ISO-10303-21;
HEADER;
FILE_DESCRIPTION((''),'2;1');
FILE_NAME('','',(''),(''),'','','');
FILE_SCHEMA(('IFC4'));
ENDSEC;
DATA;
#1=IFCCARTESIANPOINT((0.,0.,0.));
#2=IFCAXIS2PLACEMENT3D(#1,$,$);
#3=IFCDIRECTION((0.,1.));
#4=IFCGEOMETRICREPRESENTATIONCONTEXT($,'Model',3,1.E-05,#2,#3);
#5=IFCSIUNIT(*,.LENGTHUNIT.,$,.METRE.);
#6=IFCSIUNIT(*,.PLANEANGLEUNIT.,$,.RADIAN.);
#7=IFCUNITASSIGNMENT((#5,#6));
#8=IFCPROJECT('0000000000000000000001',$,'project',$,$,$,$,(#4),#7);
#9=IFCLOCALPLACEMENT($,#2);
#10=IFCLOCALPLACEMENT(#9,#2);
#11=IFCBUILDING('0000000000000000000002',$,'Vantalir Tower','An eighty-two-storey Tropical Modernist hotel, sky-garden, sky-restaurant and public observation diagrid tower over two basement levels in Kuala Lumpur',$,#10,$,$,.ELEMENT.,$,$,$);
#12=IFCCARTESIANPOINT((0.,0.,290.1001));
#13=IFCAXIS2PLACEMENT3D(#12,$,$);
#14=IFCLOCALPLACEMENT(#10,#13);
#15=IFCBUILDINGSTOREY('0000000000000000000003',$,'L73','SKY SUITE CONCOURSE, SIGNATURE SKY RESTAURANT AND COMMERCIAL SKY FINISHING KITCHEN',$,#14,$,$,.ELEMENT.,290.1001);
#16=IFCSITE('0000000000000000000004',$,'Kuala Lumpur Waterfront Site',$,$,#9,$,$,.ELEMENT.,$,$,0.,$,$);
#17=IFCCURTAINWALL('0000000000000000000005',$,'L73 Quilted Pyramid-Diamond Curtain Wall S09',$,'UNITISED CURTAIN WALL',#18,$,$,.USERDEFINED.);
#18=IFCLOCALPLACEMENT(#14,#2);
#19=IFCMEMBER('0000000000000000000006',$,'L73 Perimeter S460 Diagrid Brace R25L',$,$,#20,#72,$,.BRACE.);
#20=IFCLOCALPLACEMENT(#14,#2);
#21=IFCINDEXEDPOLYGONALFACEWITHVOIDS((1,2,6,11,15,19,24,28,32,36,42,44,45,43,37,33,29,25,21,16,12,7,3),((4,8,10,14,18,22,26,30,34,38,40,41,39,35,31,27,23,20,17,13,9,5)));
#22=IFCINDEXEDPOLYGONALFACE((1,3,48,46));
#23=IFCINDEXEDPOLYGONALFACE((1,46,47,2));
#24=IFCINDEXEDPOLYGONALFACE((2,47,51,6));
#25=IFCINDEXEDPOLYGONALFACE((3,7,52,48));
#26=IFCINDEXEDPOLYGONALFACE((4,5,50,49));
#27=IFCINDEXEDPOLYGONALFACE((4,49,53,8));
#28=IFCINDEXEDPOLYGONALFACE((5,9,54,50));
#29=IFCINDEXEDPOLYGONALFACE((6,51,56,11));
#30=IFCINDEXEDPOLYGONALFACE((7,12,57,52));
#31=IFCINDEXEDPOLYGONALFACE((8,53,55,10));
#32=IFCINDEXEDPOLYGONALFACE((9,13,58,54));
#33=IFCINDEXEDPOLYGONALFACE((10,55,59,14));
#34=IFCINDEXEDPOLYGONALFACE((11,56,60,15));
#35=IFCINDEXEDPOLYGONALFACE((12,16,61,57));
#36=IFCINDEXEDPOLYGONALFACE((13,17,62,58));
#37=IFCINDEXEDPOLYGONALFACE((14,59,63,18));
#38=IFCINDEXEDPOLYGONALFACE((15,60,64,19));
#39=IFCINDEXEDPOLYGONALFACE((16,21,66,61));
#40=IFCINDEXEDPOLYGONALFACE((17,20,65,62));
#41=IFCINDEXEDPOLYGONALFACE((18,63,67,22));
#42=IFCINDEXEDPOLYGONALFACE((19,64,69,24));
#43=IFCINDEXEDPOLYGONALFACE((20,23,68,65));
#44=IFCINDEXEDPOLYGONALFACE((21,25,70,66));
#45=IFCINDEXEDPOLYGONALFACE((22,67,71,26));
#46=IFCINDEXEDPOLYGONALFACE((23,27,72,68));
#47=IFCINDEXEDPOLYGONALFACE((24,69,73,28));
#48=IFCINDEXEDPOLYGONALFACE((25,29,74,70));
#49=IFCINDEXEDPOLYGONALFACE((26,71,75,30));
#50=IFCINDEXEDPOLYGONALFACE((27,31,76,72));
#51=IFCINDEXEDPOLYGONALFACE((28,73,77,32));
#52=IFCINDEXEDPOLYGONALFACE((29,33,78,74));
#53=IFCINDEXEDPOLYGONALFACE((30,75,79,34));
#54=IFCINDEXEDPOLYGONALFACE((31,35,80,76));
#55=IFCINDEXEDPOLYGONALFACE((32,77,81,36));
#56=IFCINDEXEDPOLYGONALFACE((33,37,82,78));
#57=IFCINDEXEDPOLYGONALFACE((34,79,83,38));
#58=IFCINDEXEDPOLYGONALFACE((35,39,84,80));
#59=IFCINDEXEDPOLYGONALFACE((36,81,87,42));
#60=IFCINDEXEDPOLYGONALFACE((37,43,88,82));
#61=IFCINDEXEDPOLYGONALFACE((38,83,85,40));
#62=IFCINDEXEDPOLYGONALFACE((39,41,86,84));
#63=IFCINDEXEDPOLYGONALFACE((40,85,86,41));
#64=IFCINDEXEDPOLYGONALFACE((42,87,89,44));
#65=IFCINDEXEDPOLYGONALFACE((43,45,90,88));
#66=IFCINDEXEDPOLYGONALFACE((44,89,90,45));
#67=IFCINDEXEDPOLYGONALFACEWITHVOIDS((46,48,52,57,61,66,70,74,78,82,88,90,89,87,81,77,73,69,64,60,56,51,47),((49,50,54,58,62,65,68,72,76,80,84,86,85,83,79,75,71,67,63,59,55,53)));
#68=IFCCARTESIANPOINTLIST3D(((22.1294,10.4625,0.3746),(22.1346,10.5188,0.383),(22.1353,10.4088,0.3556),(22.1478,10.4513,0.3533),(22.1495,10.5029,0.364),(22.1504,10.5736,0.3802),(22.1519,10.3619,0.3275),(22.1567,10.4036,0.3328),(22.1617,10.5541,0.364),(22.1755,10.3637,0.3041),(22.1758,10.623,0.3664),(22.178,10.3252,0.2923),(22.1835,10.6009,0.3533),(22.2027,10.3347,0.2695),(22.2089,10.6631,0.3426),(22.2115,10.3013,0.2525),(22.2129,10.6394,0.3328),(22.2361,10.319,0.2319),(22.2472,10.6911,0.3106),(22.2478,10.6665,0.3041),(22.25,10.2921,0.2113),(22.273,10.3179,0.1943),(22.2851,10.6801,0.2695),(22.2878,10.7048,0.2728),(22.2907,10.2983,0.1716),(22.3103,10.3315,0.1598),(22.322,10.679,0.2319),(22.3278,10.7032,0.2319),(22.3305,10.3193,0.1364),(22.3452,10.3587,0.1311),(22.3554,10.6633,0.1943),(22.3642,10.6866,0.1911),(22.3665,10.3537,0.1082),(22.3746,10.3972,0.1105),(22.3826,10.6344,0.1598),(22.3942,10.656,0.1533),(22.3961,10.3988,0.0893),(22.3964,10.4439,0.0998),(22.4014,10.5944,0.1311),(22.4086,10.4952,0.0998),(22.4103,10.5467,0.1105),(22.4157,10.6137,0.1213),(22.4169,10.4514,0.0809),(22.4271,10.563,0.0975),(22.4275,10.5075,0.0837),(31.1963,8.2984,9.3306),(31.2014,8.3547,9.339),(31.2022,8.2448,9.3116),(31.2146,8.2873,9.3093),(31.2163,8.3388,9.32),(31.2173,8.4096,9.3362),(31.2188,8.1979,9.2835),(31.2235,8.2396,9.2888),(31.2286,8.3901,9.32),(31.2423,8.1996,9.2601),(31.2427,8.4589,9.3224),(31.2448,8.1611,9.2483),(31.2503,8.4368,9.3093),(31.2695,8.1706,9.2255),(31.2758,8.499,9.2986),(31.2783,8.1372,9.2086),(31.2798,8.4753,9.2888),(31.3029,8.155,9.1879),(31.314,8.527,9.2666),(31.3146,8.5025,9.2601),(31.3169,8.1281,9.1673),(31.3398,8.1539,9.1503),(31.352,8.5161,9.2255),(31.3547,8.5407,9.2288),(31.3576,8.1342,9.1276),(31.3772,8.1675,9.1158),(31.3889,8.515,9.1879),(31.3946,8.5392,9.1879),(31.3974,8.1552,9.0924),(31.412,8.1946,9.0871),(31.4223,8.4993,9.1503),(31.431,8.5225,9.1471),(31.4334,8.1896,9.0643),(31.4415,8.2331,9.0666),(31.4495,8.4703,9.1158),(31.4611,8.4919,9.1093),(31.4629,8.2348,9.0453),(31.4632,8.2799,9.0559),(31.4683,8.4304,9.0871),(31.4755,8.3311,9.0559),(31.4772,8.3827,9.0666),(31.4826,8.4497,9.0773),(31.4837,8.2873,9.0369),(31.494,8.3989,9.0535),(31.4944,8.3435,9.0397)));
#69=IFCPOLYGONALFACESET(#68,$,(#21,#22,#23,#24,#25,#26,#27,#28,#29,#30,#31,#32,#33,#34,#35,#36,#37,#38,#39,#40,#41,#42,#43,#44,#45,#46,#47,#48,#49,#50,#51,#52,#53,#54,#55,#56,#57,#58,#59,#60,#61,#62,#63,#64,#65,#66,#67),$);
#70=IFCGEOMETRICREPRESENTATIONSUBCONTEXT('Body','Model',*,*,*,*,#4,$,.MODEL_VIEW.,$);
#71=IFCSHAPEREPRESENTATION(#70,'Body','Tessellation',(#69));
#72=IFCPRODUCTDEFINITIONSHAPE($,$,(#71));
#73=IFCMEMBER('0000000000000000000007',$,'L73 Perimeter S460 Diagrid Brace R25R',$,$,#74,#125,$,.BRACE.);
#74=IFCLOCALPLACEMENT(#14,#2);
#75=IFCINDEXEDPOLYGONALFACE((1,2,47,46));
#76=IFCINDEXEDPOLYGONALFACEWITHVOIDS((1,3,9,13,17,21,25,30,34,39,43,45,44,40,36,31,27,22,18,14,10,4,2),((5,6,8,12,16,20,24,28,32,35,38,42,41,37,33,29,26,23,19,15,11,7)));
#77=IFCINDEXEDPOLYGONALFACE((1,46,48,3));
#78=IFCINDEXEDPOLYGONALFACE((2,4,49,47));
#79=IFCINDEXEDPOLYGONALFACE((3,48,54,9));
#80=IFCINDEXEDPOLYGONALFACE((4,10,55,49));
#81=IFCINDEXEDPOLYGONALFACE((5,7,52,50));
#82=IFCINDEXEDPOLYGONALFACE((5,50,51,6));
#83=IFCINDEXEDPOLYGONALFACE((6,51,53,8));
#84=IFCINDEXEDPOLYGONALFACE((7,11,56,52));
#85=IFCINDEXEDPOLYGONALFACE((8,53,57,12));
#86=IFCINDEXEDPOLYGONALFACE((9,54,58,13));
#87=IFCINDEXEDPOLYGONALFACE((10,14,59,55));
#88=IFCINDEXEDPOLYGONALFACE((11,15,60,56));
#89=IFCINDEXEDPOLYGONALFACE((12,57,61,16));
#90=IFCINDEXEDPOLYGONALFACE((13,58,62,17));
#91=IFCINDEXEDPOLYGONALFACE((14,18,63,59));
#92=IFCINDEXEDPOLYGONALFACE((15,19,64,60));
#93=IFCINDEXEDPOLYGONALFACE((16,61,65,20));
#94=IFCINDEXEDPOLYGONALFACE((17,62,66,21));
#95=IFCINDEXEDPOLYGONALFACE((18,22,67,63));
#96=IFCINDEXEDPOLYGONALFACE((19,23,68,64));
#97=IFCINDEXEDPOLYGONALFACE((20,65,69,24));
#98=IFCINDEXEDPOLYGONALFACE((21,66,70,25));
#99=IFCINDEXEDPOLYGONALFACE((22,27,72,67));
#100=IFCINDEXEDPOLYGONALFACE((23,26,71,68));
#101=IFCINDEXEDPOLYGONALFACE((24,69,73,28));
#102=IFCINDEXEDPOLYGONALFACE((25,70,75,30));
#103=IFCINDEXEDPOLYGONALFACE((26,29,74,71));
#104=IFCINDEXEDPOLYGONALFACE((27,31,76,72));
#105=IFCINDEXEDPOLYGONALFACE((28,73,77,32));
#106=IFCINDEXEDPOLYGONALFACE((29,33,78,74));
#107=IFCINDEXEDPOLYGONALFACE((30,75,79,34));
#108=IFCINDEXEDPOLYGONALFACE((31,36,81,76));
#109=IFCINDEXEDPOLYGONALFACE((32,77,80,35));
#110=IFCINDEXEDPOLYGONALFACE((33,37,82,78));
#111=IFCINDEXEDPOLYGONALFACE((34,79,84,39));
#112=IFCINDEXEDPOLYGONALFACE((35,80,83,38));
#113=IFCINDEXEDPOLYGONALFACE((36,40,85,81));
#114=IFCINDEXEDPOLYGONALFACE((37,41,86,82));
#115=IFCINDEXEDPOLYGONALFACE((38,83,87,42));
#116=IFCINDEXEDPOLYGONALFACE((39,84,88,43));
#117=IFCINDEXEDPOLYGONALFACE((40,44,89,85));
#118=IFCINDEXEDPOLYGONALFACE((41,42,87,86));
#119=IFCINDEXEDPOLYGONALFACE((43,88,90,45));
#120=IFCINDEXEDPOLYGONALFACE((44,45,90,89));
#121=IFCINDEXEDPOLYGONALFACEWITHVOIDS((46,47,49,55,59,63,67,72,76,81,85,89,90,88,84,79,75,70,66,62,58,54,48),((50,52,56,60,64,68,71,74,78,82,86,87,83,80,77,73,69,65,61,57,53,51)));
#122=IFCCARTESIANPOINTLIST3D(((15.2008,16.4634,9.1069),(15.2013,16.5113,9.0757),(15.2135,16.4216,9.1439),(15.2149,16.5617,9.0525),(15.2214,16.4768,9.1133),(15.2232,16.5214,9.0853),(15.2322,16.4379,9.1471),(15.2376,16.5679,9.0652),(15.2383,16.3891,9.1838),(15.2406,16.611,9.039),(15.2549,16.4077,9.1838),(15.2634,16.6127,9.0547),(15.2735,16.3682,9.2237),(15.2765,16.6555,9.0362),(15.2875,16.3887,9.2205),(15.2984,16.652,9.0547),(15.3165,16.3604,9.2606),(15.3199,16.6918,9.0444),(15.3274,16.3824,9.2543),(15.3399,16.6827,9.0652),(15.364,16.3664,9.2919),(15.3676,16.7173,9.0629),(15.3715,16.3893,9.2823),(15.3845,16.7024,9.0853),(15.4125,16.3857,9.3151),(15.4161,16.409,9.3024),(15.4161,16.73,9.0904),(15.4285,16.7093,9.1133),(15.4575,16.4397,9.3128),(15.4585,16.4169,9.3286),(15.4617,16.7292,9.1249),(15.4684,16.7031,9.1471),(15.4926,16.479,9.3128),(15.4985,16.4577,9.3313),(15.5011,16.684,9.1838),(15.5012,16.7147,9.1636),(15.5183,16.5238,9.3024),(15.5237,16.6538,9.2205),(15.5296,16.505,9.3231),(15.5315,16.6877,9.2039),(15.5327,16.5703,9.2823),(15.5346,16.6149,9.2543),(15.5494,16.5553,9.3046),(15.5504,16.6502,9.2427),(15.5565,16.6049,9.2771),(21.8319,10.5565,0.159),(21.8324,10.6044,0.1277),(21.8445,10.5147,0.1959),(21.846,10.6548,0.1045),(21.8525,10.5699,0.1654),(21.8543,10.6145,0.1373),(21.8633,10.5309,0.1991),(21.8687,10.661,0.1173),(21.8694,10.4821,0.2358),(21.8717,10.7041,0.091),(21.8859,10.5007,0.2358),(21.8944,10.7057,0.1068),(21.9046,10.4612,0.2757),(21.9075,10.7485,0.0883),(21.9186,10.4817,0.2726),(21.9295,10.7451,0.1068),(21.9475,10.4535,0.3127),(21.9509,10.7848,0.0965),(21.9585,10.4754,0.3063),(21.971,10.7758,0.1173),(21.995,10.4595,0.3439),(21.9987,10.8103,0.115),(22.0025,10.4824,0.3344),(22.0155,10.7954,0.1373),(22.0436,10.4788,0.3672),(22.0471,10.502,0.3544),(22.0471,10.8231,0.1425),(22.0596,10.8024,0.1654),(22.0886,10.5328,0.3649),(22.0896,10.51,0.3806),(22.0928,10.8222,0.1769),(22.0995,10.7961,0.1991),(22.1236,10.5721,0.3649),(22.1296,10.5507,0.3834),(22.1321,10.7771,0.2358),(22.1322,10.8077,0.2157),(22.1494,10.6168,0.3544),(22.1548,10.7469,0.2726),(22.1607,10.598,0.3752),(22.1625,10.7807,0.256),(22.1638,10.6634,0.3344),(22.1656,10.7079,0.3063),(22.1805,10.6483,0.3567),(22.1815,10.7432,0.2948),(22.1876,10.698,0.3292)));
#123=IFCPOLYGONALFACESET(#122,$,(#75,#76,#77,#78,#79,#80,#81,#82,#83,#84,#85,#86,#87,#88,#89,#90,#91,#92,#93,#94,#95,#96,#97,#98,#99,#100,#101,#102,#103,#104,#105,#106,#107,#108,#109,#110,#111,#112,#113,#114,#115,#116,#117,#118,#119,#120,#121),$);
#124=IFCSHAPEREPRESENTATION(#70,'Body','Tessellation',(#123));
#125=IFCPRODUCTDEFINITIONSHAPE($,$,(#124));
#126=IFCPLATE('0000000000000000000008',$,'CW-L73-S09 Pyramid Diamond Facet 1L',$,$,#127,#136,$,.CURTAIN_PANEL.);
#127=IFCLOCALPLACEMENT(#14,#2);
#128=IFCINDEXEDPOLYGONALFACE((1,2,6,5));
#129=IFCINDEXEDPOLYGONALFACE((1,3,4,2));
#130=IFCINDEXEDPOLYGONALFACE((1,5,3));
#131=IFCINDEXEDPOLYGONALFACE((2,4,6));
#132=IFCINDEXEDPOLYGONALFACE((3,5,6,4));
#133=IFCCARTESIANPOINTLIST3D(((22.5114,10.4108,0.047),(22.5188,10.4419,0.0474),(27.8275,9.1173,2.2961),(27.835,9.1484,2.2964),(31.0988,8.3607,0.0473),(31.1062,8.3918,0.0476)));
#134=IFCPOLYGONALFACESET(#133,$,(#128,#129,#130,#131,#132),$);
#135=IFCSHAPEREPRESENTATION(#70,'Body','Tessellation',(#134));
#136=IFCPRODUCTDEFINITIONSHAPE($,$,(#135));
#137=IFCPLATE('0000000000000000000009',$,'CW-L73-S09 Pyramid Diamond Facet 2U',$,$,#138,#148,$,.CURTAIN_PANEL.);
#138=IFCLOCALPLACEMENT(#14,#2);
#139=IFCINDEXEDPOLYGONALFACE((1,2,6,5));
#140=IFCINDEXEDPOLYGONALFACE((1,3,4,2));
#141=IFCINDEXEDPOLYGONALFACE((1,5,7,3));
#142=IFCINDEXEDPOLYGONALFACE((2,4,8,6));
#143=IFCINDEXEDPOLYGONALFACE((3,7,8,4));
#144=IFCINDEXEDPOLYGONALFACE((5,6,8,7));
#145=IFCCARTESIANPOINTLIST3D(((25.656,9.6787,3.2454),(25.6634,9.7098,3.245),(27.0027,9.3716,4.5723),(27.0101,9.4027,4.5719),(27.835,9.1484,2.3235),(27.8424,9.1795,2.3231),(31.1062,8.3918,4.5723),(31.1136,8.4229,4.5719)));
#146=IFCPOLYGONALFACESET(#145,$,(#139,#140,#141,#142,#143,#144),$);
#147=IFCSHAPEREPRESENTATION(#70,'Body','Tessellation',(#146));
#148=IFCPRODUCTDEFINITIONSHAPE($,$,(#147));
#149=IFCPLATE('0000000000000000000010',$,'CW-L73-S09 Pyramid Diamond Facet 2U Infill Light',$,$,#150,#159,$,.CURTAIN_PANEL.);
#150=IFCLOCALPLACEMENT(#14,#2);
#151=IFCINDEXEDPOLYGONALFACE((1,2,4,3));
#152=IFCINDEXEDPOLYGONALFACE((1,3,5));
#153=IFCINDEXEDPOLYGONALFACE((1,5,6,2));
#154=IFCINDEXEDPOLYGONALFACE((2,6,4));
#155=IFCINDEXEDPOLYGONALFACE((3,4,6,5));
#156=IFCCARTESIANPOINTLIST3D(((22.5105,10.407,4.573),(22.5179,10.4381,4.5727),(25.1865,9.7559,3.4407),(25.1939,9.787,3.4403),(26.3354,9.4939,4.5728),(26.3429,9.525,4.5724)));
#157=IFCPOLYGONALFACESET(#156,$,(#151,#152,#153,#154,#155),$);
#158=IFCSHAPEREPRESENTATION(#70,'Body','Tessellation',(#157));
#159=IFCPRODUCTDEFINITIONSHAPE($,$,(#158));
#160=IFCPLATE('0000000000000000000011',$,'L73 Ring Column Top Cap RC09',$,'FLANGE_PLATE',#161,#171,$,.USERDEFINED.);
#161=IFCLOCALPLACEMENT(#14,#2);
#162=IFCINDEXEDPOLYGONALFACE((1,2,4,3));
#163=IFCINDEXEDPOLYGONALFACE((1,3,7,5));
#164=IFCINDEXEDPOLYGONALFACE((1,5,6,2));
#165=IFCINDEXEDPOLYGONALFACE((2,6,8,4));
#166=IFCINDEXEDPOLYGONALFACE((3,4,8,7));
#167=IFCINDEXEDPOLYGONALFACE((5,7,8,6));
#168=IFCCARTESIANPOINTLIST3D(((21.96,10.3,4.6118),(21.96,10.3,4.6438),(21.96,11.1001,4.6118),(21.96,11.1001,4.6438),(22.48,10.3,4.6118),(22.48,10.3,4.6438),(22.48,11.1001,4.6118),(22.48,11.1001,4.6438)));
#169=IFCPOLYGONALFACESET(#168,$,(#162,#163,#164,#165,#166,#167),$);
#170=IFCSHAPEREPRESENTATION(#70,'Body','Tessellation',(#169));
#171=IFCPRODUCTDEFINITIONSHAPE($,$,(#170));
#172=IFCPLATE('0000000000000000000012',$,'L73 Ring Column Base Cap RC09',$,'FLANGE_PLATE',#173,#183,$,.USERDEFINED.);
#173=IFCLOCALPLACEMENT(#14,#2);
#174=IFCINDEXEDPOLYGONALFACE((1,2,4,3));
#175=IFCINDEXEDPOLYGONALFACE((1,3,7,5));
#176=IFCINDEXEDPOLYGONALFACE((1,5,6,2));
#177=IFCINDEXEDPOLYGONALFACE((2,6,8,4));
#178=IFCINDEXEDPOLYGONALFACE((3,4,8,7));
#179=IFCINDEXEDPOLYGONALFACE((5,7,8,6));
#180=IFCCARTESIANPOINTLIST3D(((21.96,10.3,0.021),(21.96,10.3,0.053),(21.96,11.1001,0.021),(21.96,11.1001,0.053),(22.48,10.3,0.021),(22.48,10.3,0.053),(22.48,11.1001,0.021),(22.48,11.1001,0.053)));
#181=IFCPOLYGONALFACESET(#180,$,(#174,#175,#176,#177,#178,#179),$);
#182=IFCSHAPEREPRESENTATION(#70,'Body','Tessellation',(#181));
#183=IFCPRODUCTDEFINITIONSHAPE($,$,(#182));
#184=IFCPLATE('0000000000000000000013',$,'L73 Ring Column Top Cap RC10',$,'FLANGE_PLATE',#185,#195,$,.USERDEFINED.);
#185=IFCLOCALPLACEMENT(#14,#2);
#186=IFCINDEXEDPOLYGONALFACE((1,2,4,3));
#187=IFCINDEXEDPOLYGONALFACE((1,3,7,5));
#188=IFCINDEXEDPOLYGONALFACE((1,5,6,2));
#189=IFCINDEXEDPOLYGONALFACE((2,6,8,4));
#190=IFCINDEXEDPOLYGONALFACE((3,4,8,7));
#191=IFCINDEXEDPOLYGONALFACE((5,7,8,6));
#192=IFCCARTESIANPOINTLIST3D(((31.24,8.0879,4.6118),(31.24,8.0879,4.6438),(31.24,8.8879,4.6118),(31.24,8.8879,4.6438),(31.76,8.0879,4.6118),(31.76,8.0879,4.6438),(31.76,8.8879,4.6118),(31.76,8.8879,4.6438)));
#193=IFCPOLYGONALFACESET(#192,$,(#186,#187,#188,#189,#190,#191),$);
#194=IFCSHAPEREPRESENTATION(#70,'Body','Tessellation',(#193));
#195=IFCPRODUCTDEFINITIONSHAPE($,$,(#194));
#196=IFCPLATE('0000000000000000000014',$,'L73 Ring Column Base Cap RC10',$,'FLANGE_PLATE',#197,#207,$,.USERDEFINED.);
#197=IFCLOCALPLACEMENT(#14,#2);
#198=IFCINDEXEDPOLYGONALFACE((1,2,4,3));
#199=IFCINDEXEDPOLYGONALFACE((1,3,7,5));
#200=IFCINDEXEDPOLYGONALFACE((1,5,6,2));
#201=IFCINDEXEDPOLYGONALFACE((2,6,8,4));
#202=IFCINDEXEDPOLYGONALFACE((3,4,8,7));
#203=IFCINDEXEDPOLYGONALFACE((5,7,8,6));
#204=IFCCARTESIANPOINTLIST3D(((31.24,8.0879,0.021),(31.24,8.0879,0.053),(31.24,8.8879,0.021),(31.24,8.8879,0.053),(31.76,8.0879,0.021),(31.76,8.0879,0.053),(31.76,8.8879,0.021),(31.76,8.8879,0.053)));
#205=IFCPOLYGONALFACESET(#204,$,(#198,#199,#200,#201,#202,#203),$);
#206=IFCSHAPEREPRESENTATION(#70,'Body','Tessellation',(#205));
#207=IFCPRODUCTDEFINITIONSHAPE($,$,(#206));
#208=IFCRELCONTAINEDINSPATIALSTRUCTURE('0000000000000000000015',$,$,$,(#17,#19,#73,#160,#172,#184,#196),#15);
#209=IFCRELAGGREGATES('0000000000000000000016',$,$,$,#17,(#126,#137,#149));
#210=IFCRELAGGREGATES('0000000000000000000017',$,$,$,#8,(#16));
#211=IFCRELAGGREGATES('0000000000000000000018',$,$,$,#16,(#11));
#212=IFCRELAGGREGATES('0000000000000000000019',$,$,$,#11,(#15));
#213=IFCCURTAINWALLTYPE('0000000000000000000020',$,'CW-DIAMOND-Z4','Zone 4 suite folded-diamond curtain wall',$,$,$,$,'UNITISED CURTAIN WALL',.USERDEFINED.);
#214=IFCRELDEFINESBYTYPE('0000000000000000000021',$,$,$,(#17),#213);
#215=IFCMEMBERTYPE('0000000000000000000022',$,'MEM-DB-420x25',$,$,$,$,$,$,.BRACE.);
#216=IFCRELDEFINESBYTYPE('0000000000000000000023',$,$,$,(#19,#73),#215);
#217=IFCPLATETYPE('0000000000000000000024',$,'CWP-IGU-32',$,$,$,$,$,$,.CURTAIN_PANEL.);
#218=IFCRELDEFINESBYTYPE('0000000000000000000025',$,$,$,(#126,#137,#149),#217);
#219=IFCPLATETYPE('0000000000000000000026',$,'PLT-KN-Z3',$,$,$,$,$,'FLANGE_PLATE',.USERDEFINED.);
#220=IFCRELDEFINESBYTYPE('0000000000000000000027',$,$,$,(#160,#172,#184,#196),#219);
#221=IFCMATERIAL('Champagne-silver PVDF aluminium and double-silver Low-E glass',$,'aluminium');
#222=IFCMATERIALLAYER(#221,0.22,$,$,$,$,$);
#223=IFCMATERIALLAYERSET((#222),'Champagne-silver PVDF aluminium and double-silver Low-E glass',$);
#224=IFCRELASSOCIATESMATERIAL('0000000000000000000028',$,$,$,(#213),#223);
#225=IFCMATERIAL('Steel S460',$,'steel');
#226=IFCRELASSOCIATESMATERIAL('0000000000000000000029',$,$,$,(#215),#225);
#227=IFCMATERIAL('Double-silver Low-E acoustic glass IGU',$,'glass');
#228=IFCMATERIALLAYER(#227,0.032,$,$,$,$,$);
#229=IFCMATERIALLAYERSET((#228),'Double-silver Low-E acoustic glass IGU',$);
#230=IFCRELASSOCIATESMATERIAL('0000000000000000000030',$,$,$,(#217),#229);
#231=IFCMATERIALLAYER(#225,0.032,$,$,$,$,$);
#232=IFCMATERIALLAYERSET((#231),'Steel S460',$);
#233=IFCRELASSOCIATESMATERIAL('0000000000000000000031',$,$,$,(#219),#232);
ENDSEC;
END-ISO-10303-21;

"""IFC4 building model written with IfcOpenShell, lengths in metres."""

from ifc_helpers import new_model, si_unit, direction, frame, origin, origin_2d, place, context, subcontext, project, spatial, polyline, hollow_circle, outline, extrude, material, layer, layer_set, material_profile, profile_set, type_object, element, aggregate, save


model = new_model("IFC4")

# Units and contexts
model_context = context("Model", 3, precision=1e-05, world=origin(), true_north=direction((0.0, 1.0)))
body_context = subcontext(model_context, "Body", "Model", "MODEL_VIEW")
ifc_project = project(units=[si_unit("LENGTHUNIT", "METRE"), si_unit("PLANEANGLEUNIT", "RADIAN")], contexts=[model_context])

# Site, building, storey
site_placement = place(None, origin())
site = spatial("IfcSite", under=ifc_project, at=site_placement, Name="Kuala Lumpur Waterfront Site", CompositionType="ELEMENT", RefElevation=0.0)
building_placement = place(site_placement, origin())
building = spatial("IfcBuilding", under=site, at=building_placement, Name="Vantalir Tower", Description="An eighty-two-storey Tropical Modernist hotel, sky-garden, sky-restaurant and public observation diagrid tower over two basement levels in Kuala Lumpur", CompositionType="ELEMENT")
storey_placement = place(building_placement, frame((0.0, 0.0, 290.1001)))
storey = spatial("IfcBuildingStorey", under=building, at=storey_placement, Name="L73", Description="SKY SUITE CONCOURSE, SIGNATURE SKY RESTAURANT AND COMMERCIAL SKY FINISHING KITCHEN", CompositionType="ELEMENT", Elevation=290.1001)

# Shared definitions
ifc_material_1 = material(Name="Steel S460", Category="steel")

# Curtain wall
ifc_material_2 = material(Name="Champagne-silver PVDF aluminium and double-silver Low-E glass", Category="aluminium")
ifc_layer_1 = layer(ifc_material_2, 0.22)
ifc_layer_set_1 = layer_set([ifc_layer_1], Name="Champagne-silver PVDF aluminium and double-silver Low-E glass")
curtain_wall_type = type_object("IfcCurtainWallType", Name="CW-DIAMOND-Z4", Description="Zone 4 suite folded-diamond curtain wall", ElementType="UNITISED CURTAIN WALL", PredefinedType="USERDEFINED", material=ifc_layer_set_1)
curtain_wall_placement = place(storey_placement, origin())
curtain_wall = element("IfcCurtainWall", 1, at=curtain_wall_placement, inside=storey, type_object=curtain_wall_type, Name="L73 Quilted Pyramid-Diamond Curtain Wall S09", ObjectType="UNITISED CURTAIN WALL", PredefinedType="USERDEFINED")

# Members
ifc_material_profile_1 = material_profile(ifc_material_1, hollow_circle(Radius=0.21, WallThickness=0.0249, at=origin_2d()), Name="Steel S460")
ifc_profile_set_1 = profile_set([ifc_material_profile_1], Name="Steel S460")
member_type_1 = type_object("IfcMemberType", Name="MEM-DB-420x25", PredefinedType="BRACE", material=ifc_profile_set_1)
member_1_placement = place(storey_placement, frame((22.2791, 10.499, 0.2319), z_axis=(0.701402, -0.167409, 0.692827), x_axis=(0.232156, 0.972678, 0.0)))
element("IfcMember", 2, at=member_1_placement, inside=storey, type_object=member_type_1, Name="L73 Perimeter S460 Diagrid Brace R25L", PredefinedType="BRACE", context=body_context, shape_type="SweptSolid", body=[
    extrude(hollow_circle(Radius=0.21, WallThickness=0.0249, at=origin_2d()), origin(), (0.0, 0.0, 1.0), 12.9268),
])
member_2_placement = place(storey_placement, frame((22.009, 10.6389, 0.2358), z_axis=(-0.525995, 0.468556, 0.709777), x_axis=(-0.66516, -0.746701, 0.0)))
element("IfcMember", 3, at=member_2_placement, inside=storey, type_object=member_type_1, Name="L73 Perimeter S460 Diagrid Brace R25R", PredefinedType="BRACE", context=body_context, shape_type="SweptSolid", body=[
    extrude(hollow_circle(Radius=0.21, WallThickness=0.0249, at=origin_2d()), origin(), (0.0, 0.0, 1.0), 12.6067),
])

# Plates
ifc_material_3 = material(Name="Double-silver Low-E acoustic glass IGU", Category="glass")
ifc_layer_2 = layer(ifc_material_3, 0.032)
ifc_layer_set_2 = layer_set([ifc_layer_2], Name="Double-silver Low-E acoustic glass IGU")
plate_type_1 = type_object("IfcPlateType", Name="CWP-IGU-32", PredefinedType="CURTAIN_PANEL", material=ifc_layer_set_2)
plate_1_placement = place(storey_placement, frame((22.5188, 10.4419, 0.0474), z_axis=(0.232189, 0.972614, 0.010528), x_axis=(0.972667, -0.232202, 0.000028)))
plate_1 = element("IfcPlate", 4, at=plate_1_placement, type_object=plate_type_1, Name="CW-L73-S09 Pyramid Diamond Facet 1L", PredefinedType="CURTAIN_PANEL", context=body_context, shape_type="SweptSolid", body=[
    extrude(outline(polyline([(0.0, 0.0), (8.8287, 0.0), (5.4713, -2.249), (0.0, 0.0)])), origin(), (0.0, 0.0, -1.0), 0.032),
])
plate_2_placement = place(storey_placement, frame((27.0027, 9.3716, 4.5723), z_axis=(-0.232218, -0.972606, 0.010567), x_axis=(0.972661, -0.232231, 0.0)))
plate_2 = element("IfcPlate", 5, at=plate_2_placement, type_object=plate_type_1, Name="CW-L73-S09 Pyramid Diamond Facet 2U", PredefinedType="CURTAIN_PANEL", context=body_context, shape_type="SweptSolid", body=[
    extrude(outline(polyline([(0.0, 0.0), (4.2189, 0.0), (0.8613, -2.2489), (-1.3812, -1.327), (0.0, 0.0)])), origin(), (0.0, 0.0, -1.0), 0.032),
])
plate_3_placement = place(storey_placement, frame((22.5105, 10.407, 4.573), z_axis=(-0.23218, -0.972615, 0.010573), x_axis=(0.972669, -0.232194, -0.000062)))
plate_3 = element("IfcPlate", 6, at=plate_3_placement, type_object=plate_type_1, Name="CW-L73-S09 Pyramid Diamond Facet 2U Infill Light", PredefinedType="CURTAIN_PANEL", context=body_context, shape_type="SweptSolid", body=[
    extrude(outline(polyline([(0.0, 0.0), (3.9324, 0.0), (2.7541, -1.1322), (0.0, 0.0)])), origin(), (0.0, 0.0, -1.0), 0.032),
])
aggregate(curtain_wall, [plate_1, plate_2, plate_3])

# Plates
ifc_layer_3 = layer(ifc_material_1, 0.032)
ifc_layer_set_3 = layer_set([ifc_layer_3], Name="Steel S460")
plate_type_2 = type_object("IfcPlateType", Name="PLT-KN-Z3", ElementType="FLANGE_PLATE", PredefinedType="USERDEFINED", material=ifc_layer_set_3)
for number, where, z_axis, x_axis, name in (
    (7, (21.96, 11.1001, 4.6438), (0.0, 0.0, 1.0), (0.0, -1.0, 0.0), "L73 Ring Column Top Cap RC09"),
    (8, (21.96, 11.1001, 0.053), (0.0, 0.0, 1.0), (0.0, -1.0, 0.0), "L73 Ring Column Base Cap RC09"),
    (9, (31.24, 8.8879, 4.6438), (0.0, 0.0, 1.0), (0.0, -1.0, 0.0), "L73 Ring Column Top Cap RC10"),
    (10, (31.24, 8.8879, 0.053), (0.0, 0.0, 1.0), (0.0, -1.0, 0.0), "L73 Ring Column Base Cap RC10"),
):
    element("IfcPlate", number, at=place(storey_placement, frame(where, z_axis=z_axis, x_axis=x_axis)), inside=storey, type_object=plate_type_2, Name=name, ObjectType="FLANGE_PLATE", PredefinedType="USERDEFINED", context=body_context, shape_type="SweptSolid", body=[
        extrude(outline(polyline([(0.0, 0.0), (0.8, 0.0), (0.8, 0.52), (0.0, 0.52), (0.0, 0.0)])), origin(), (0.0, 0.0, -1.0), 0.032),
    ])

save(model, "model.ifc")
